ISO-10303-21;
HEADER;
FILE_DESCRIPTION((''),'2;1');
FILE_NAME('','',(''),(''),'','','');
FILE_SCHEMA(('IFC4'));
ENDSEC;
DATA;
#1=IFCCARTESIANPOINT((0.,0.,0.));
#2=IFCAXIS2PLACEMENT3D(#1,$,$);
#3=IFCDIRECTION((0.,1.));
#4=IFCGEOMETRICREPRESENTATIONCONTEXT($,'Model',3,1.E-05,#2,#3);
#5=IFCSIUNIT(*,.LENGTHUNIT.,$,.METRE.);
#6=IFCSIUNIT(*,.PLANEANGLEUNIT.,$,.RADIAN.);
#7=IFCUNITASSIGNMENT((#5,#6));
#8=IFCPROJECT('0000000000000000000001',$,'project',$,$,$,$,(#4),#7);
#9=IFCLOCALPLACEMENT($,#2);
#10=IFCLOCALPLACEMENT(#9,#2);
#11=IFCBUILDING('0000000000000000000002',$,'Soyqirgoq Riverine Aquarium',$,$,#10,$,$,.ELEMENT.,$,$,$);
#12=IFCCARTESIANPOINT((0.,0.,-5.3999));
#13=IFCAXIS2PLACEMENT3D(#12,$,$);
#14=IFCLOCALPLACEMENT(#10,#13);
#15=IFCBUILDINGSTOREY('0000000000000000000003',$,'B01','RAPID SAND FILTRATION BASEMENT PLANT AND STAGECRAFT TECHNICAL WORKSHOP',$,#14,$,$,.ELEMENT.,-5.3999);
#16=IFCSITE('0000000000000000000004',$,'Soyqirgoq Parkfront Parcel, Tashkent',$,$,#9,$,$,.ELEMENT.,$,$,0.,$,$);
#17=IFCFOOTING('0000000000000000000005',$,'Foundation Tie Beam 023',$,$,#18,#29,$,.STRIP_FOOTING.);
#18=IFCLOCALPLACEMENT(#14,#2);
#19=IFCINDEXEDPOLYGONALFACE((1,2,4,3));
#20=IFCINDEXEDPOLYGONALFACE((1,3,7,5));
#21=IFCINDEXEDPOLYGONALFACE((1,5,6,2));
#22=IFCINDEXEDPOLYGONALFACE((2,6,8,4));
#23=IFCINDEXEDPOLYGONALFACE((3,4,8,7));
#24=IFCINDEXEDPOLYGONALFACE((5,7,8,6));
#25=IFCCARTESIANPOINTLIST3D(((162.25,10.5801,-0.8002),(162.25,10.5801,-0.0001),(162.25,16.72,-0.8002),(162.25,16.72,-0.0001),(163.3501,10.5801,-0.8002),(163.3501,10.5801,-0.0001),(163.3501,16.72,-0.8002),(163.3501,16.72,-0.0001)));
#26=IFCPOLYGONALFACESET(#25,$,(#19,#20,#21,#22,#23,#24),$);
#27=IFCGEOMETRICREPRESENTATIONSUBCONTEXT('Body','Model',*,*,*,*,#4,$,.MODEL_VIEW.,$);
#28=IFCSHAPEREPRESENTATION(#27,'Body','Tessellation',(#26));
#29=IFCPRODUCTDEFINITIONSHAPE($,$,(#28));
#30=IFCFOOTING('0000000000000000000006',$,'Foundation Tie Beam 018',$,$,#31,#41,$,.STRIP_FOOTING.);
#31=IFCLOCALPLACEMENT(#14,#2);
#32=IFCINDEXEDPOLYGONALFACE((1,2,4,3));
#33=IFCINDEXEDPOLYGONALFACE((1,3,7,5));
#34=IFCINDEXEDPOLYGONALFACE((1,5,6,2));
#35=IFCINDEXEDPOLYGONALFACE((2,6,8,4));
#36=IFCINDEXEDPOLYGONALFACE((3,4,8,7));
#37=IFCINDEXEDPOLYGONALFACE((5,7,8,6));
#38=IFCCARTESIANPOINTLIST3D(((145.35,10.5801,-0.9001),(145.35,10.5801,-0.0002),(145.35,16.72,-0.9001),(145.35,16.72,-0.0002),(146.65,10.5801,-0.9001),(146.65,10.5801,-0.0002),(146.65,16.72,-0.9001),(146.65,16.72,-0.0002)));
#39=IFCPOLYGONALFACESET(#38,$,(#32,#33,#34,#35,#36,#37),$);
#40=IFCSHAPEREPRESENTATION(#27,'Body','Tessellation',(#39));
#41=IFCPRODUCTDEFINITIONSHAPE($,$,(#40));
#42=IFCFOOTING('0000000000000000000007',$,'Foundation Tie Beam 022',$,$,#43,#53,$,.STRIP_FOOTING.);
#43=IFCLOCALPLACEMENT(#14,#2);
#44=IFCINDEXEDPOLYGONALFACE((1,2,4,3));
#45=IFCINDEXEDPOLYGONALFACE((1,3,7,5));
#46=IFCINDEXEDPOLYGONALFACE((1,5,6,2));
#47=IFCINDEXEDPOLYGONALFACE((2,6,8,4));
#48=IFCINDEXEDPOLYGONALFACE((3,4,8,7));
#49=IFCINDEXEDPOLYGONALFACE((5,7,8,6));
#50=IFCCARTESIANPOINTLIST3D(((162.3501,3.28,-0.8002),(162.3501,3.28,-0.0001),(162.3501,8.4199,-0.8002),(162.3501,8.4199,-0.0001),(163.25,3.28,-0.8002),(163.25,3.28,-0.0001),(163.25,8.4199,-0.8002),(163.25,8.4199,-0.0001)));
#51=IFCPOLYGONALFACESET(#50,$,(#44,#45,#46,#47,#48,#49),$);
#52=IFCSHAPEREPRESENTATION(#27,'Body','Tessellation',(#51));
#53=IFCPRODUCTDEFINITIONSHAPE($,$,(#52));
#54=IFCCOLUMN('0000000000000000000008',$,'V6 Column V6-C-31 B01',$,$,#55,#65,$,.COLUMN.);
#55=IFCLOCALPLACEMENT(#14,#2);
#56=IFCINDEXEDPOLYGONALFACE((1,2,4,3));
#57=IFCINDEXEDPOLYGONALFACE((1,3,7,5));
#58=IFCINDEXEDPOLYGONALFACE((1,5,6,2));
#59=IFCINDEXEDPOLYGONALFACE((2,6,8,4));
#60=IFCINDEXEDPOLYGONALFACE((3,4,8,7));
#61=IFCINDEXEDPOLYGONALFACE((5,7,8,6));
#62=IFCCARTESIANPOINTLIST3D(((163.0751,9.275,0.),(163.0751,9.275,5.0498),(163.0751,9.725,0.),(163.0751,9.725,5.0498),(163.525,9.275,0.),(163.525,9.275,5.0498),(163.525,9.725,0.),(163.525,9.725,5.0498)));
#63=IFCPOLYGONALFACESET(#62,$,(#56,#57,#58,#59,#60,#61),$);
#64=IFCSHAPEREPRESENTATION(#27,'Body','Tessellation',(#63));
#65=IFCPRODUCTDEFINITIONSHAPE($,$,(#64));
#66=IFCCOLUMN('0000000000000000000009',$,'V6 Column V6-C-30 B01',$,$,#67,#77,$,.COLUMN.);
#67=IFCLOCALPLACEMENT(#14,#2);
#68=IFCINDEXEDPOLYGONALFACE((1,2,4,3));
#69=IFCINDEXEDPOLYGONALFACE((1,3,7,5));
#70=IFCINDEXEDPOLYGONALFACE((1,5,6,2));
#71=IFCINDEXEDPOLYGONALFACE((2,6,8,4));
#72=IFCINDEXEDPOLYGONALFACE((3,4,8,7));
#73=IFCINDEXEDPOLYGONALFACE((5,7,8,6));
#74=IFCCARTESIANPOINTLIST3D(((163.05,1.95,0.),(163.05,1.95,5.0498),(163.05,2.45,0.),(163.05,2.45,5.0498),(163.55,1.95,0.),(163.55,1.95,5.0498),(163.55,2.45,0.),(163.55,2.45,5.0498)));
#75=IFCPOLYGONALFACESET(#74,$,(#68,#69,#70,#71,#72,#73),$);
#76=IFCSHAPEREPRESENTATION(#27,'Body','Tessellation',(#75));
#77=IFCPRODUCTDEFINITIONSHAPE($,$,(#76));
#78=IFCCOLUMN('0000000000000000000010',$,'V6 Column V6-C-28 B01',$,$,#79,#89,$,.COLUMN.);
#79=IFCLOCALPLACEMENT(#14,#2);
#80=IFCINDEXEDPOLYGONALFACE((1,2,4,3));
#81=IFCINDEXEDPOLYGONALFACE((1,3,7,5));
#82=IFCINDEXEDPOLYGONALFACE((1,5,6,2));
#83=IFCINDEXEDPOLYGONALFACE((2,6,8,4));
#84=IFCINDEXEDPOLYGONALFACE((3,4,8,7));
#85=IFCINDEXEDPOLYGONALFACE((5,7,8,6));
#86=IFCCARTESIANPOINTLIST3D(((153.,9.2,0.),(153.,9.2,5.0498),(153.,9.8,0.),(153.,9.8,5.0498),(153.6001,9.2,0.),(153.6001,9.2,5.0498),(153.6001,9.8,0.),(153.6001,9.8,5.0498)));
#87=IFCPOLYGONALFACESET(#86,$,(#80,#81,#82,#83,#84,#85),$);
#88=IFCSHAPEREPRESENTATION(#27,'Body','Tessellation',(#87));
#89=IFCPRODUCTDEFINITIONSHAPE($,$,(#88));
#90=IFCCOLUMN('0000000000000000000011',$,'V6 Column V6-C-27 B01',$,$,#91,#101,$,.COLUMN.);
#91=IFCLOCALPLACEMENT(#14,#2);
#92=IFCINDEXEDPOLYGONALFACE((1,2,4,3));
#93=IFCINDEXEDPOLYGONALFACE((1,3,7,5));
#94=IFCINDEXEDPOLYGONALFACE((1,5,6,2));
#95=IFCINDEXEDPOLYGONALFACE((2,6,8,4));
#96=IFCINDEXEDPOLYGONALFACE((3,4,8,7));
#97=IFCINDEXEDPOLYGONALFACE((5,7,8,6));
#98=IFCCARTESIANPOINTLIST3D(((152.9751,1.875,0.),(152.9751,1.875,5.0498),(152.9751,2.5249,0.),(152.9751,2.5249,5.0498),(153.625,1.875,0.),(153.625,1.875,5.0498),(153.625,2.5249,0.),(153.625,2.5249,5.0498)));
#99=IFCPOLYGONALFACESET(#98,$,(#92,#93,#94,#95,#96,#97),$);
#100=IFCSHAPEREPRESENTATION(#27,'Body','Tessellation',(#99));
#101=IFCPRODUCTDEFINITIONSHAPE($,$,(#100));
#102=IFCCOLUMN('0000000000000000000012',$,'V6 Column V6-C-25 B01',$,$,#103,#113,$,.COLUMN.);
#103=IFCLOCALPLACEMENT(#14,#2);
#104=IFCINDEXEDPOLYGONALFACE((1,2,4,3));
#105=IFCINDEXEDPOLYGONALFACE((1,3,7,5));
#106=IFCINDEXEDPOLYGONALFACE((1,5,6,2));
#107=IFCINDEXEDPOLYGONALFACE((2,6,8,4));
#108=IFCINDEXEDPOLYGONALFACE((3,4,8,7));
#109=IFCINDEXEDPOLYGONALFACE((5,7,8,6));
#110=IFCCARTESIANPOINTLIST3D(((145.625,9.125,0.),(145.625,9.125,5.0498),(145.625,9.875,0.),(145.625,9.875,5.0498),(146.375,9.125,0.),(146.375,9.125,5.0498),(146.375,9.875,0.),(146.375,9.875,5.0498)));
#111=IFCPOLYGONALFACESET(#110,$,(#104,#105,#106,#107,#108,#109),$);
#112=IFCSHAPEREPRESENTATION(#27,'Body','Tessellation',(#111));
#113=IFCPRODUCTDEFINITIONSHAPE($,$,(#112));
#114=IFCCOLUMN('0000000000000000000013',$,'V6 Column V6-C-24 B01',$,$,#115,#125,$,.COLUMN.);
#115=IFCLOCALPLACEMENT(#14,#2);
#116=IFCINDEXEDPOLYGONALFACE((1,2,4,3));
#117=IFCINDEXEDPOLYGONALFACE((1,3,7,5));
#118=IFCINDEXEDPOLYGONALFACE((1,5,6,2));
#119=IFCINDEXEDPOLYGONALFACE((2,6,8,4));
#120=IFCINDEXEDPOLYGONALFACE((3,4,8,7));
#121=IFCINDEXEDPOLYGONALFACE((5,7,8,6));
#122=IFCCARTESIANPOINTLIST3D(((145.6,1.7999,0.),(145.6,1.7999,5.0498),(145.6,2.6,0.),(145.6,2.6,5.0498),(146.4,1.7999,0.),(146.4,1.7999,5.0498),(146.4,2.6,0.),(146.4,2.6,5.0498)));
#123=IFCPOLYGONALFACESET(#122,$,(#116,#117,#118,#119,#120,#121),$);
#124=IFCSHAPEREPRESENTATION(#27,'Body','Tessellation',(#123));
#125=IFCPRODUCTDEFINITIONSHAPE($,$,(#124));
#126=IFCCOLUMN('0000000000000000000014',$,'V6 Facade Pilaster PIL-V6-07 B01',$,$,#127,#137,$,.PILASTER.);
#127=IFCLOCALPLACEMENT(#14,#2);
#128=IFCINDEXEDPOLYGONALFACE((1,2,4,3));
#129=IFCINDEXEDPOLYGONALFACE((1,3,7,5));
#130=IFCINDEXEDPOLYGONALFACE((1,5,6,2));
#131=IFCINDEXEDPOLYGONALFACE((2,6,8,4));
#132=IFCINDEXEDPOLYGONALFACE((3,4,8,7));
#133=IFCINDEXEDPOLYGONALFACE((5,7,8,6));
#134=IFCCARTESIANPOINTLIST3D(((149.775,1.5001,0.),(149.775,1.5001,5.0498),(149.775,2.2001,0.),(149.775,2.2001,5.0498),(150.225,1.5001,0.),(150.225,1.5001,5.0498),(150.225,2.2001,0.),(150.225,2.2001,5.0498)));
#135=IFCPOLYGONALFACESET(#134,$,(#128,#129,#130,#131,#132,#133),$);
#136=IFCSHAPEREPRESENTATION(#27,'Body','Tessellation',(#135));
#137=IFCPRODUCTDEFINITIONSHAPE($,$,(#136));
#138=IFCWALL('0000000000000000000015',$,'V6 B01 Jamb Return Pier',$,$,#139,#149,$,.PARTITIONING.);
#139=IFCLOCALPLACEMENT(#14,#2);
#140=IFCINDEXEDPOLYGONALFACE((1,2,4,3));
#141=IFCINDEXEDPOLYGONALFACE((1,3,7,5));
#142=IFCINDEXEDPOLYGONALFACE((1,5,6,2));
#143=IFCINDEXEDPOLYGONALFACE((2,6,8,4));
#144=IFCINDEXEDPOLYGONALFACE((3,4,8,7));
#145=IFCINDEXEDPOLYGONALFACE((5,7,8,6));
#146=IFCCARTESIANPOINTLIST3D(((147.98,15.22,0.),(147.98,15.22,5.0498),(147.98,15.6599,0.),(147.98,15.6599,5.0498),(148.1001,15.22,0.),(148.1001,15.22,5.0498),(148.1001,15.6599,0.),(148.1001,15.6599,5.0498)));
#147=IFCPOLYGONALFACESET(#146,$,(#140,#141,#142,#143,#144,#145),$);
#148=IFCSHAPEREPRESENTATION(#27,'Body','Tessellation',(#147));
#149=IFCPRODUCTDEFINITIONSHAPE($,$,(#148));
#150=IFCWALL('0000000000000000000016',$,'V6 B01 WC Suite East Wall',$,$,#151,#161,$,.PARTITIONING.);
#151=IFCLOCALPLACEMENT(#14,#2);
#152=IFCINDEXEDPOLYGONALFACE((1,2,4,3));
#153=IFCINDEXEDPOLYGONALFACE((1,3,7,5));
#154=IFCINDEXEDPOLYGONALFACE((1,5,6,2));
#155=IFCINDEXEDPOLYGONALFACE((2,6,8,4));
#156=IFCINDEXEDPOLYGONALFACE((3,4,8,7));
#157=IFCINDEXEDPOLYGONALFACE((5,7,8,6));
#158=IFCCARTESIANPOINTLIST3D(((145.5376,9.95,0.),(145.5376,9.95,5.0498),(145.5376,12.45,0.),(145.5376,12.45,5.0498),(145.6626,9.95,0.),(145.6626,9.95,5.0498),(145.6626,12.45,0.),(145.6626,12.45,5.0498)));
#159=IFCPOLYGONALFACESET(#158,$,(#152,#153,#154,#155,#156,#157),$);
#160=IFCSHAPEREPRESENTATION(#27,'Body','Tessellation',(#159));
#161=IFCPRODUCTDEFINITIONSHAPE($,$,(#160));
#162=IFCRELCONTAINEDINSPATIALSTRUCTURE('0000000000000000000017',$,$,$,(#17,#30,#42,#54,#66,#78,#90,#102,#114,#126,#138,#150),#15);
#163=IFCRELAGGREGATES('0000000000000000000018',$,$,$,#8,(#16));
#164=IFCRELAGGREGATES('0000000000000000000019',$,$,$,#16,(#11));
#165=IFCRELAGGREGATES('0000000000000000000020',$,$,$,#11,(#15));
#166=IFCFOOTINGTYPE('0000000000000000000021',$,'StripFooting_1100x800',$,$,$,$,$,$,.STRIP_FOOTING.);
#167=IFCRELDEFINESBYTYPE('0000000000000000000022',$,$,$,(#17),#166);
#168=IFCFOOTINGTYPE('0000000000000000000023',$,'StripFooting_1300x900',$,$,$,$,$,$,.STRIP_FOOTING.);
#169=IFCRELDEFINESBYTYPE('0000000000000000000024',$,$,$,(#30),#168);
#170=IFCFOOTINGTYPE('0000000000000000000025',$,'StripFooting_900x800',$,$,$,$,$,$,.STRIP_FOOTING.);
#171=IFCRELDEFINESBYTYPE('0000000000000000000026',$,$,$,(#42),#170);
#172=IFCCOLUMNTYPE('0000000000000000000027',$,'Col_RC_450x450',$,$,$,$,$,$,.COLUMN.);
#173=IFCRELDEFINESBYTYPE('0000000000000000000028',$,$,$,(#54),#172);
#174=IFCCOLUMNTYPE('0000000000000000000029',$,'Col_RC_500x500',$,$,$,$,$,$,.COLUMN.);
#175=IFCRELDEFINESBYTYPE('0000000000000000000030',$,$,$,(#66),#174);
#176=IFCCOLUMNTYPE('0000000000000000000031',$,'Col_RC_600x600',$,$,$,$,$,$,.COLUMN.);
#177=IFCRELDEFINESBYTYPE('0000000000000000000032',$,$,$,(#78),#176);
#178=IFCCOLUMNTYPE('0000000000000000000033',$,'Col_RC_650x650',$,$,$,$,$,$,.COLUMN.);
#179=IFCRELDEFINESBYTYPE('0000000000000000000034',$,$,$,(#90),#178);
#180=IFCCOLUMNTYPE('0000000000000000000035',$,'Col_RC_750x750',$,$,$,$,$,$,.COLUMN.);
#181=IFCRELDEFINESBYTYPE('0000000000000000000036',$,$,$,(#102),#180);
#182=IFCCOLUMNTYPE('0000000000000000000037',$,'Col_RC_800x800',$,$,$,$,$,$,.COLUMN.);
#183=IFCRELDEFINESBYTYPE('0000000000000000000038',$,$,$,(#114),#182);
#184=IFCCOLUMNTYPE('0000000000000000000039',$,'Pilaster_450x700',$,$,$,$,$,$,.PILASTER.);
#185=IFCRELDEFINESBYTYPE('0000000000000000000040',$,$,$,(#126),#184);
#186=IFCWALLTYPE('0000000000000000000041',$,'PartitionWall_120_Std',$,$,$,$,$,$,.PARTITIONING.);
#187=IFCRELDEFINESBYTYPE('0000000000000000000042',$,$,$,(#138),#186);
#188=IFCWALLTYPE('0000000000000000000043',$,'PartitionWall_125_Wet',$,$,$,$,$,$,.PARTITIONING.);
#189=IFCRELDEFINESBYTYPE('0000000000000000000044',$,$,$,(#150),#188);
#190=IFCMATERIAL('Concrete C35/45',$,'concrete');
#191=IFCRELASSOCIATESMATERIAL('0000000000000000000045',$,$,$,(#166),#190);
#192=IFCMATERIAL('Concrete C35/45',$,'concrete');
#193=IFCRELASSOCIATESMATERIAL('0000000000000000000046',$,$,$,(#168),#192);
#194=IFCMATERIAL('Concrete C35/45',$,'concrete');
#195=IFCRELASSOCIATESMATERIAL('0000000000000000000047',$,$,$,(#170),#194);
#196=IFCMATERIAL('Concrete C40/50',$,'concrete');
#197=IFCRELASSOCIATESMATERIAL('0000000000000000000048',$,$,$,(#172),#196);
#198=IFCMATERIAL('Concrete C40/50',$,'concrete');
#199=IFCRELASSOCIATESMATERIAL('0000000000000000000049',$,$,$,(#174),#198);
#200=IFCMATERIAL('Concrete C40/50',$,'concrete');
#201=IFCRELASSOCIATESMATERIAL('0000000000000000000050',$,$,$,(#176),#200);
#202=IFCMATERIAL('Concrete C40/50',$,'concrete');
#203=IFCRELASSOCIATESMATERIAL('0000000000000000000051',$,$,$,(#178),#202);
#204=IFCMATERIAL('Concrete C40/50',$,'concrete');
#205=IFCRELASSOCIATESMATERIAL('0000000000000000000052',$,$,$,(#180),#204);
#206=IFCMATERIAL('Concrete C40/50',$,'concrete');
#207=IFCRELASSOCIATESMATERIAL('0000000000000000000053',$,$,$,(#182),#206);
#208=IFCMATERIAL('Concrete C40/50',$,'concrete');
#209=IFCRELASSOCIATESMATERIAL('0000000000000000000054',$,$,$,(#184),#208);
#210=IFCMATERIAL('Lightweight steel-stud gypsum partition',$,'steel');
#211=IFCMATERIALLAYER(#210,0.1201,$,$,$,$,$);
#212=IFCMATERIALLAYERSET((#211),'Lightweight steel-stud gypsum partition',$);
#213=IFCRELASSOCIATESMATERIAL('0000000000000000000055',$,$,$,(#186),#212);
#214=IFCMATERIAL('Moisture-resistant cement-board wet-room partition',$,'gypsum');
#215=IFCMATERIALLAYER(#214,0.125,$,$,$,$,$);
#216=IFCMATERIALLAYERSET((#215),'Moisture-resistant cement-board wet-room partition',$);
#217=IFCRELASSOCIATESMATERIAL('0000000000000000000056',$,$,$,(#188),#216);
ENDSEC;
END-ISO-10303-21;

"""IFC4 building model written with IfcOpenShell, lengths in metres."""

from ifc_helpers import new_model, si_unit, direction, frame, frame_2d, origin, origin_2d, place, context, subcontext, project, spatial, rectangle, extrude, material, layer, layer_set, material_profile, profile_set, type_object, element, save


model = new_model("IFC4")

# Units and contexts
model_context = context("Model", 3, precision=1e-05, world=origin(), true_north=direction((0.0, 1.0)))
body_context = subcontext(model_context, "Body", "Model", "MODEL_VIEW")
ifc_project = project(units=[si_unit("LENGTHUNIT", "METRE"), si_unit("PLANEANGLEUNIT", "RADIAN")], contexts=[model_context])

# Site, building, storey
site_placement = place(None, origin())
site = spatial("IfcSite", under=ifc_project, at=site_placement, Name="Soyqirgoq Parkfront Parcel, Tashkent", CompositionType="ELEMENT", RefElevation=0.0)
building_placement = place(site_placement, origin())
building = spatial("IfcBuilding", under=site, at=building_placement, Name="Soyqirgoq Riverine Aquarium", CompositionType="ELEMENT")
storey_placement = place(building_placement, frame((0.0, 0.0, -5.3999)))
storey = spatial("IfcBuildingStorey", under=building, at=storey_placement, Name="B01", Description="RAPID SAND FILTRATION BASEMENT PLANT AND STAGECRAFT TECHNICAL WORKSHOP", CompositionType="ELEMENT", Elevation=-5.3999)

# Footings
ifc_material_1 = material(Name="Concrete C35/45", Category="concrete")
ifc_material_profile_1 = material_profile(ifc_material_1, rectangle(XDim=1.1001, YDim=0.8, at=origin_2d()), Name="RC 1100x800")
ifc_profile_set_1 = profile_set([ifc_material_profile_1], Name="Concrete C35/45")
footing_type_1 = type_object("IfcFootingType", Name="StripFooting_1100x800", PredefinedType="STRIP_FOOTING", material=ifc_profile_set_1)
footing_1_placement = place(storey_placement, frame((162.8, 10.5801, -0.4001), z_axis=(0.0, 1.0, 0.0), x_axis=(-1.0, 0.0, 0.0)))
element("IfcFooting", 1, at=footing_1_placement, inside=storey, type_object=footing_type_1, Name="Foundation Tie Beam 023", PredefinedType="STRIP_FOOTING", context=body_context, shape_type="SweptSolid", body=[
    extrude(rectangle(XDim=1.1001, YDim=0.8, at=origin_2d()), origin(), (0.0, 0.0, 1.0), 6.1399),
])
ifc_material_2 = material(Name="Concrete C35/45", Category="concrete")
ifc_material_profile_2 = material_profile(ifc_material_2, rectangle(XDim=1.3, YDim=0.8999, at=origin_2d()), Name="RC 1300x900")
ifc_profile_set_2 = profile_set([ifc_material_profile_2], Name="Concrete C35/45")
footing_type_2 = type_object("IfcFootingType", Name="StripFooting_1300x900", PredefinedType="STRIP_FOOTING", material=ifc_profile_set_2)
footing_2_placement = place(storey_placement, frame((146.0, 10.5801, -0.4502), z_axis=(0.0, 1.0, 0.0), x_axis=(-1.0, 0.0, 0.0)))
element("IfcFooting", 2, at=footing_2_placement, inside=storey, type_object=footing_type_2, Name="Foundation Tie Beam 018", PredefinedType="STRIP_FOOTING", context=body_context, shape_type="SweptSolid", body=[
    extrude(rectangle(XDim=1.3, YDim=0.8999, at=origin_2d()), origin(), (0.0, 0.0, 1.0), 6.1399),
])
ifc_material_3 = material(Name="Concrete C35/45", Category="concrete")
ifc_material_profile_3 = material_profile(ifc_material_3, rectangle(XDim=0.8999, YDim=0.8, at=origin_2d()), Name="RC 900x800")
ifc_profile_set_3 = profile_set([ifc_material_profile_3], Name="Concrete C35/45")
footing_type_3 = type_object("IfcFootingType", Name="StripFooting_900x800", PredefinedType="STRIP_FOOTING", material=ifc_profile_set_3)
footing_3_placement = place(storey_placement, frame((162.8, 3.28, -0.4001), z_axis=(0.0, 1.0, 0.0), x_axis=(-1.0, 0.0, 0.0)))
element("IfcFooting", 3, at=footing_3_placement, inside=storey, type_object=footing_type_3, Name="Foundation Tie Beam 022", PredefinedType="STRIP_FOOTING", context=body_context, shape_type="SweptSolid", body=[
    extrude(rectangle(XDim=0.8999, YDim=0.8, at=origin_2d()), origin(), (0.0, 0.0, 1.0), 5.1399),
])

# Columns
ifc_material_4 = material(Name="Concrete C40/50", Category="concrete")
ifc_material_profile_4 = material_profile(ifc_material_4, rectangle(XDim=0.45, YDim=0.45, at=origin_2d()), Name="RC 450x450")
ifc_profile_set_4 = profile_set([ifc_material_profile_4], Name="Concrete C40/50")
column_type_1 = type_object("IfcColumnType", Name="Col_RC_450x450", PredefinedType="COLUMN", material=ifc_profile_set_4)
column_1_placement = place(storey_placement, frame((163.3, 9.5, 0.0), z_axis=(0.0, 0.0, 1.0), x_axis=(1.0, 0.0, 0.0)))
element("IfcColumn", 4, at=column_1_placement, inside=storey, type_object=column_type_1, Name="V6 Column V6-C-31 B01", PredefinedType="COLUMN", context=body_context, shape_type="SweptSolid", body=[
    extrude(rectangle(XDim=0.45, YDim=0.45, at=origin_2d()), origin(), (0.0, 0.0, 1.0), 5.0498),
])
ifc_material_5 = material(Name="Concrete C40/50", Category="concrete")
ifc_material_profile_5 = material_profile(ifc_material_5, rectangle(XDim=0.5, YDim=0.5, at=origin_2d()), Name="RC 500x500")
ifc_profile_set_5 = profile_set([ifc_material_profile_5], Name="Concrete C40/50")
column_type_2 = type_object("IfcColumnType", Name="Col_RC_500x500", PredefinedType="COLUMN", material=ifc_profile_set_5)
column_2_placement = place(storey_placement, frame((163.3, 2.2, 0.0), z_axis=(0.0, 0.0, 1.0), x_axis=(1.0, 0.0, 0.0)))
element("IfcColumn", 5, at=column_2_placement, inside=storey, type_object=column_type_2, Name="V6 Column V6-C-30 B01", PredefinedType="COLUMN", context=body_context, shape_type="SweptSolid", body=[
    extrude(rectangle(XDim=0.5, YDim=0.5, at=origin_2d()), origin(), (0.0, 0.0, 1.0), 5.0498),
])
ifc_material_6 = material(Name="Concrete C40/50", Category="concrete")
ifc_material_profile_6 = material_profile(ifc_material_6, rectangle(XDim=0.6001, YDim=0.6001, at=origin_2d()), Name="RC 600x600")
ifc_profile_set_6 = profile_set([ifc_material_profile_6], Name="Concrete C40/50")
column_type_3 = type_object("IfcColumnType", Name="Col_RC_600x600", PredefinedType="COLUMN", material=ifc_profile_set_6)
column_3_placement = place(storey_placement, frame((153.3, 9.5, 0.0), z_axis=(0.0, 0.0, 1.0), x_axis=(1.0, 0.0, 0.0)))
element("IfcColumn", 6, at=column_3_placement, inside=storey, type_object=column_type_3, Name="V6 Column V6-C-28 B01", PredefinedType="COLUMN", context=body_context, shape_type="SweptSolid", body=[
    extrude(rectangle(XDim=0.6001, YDim=0.6001, at=origin_2d()), origin(), (0.0, 0.0, 1.0), 5.0498),
])
ifc_material_7 = material(Name="Concrete C40/50", Category="concrete")
ifc_material_profile_7 = material_profile(ifc_material_7, rectangle(XDim=0.6499, YDim=0.6499, at=origin_2d()), Name="RC 650x650")
ifc_profile_set_7 = profile_set([ifc_material_profile_7], Name="Concrete C40/50")
column_type_4 = type_object("IfcColumnType", Name="Col_RC_650x650", PredefinedType="COLUMN", material=ifc_profile_set_7)
column_4_placement = place(storey_placement, frame((153.3, 2.2, 0.0), z_axis=(0.0, 0.0, 1.0), x_axis=(1.0, 0.0, 0.0)))
element("IfcColumn", 7, at=column_4_placement, inside=storey, type_object=column_type_4, Name="V6 Column V6-C-27 B01", PredefinedType="COLUMN", context=body_context, shape_type="SweptSolid", body=[
    extrude(rectangle(XDim=0.6499, YDim=0.6499, at=origin_2d()), origin(), (0.0, 0.0, 1.0), 5.0498),
])
ifc_material_8 = material(Name="Concrete C40/50", Category="concrete")
ifc_material_profile_8 = material_profile(ifc_material_8, rectangle(XDim=0.75, YDim=0.75, at=origin_2d()), Name="RC 750x750")
ifc_profile_set_8 = profile_set([ifc_material_profile_8], Name="Concrete C40/50")
column_type_5 = type_object("IfcColumnType", Name="Col_RC_750x750", PredefinedType="COLUMN", material=ifc_profile_set_8)
column_5_placement = place(storey_placement, frame((146.0, 9.5, 0.0), z_axis=(0.0, 0.0, 1.0), x_axis=(1.0, 0.0, 0.0)))
element("IfcColumn", 8, at=column_5_placement, inside=storey, type_object=column_type_5, Name="V6 Column V6-C-25 B01", PredefinedType="COLUMN", context=body_context, shape_type="SweptSolid", body=[
    extrude(rectangle(XDim=0.75, YDim=0.75, at=origin_2d()), origin(), (0.0, 0.0, 1.0), 5.0498),
])
ifc_material_9 = material(Name="Concrete C40/50", Category="concrete")
ifc_material_profile_9 = material_profile(ifc_material_9, rectangle(XDim=0.8, YDim=0.8, at=origin_2d()), Name="RC 800x800")
ifc_profile_set_9 = profile_set([ifc_material_profile_9], Name="Concrete C40/50")
column_type_6 = type_object("IfcColumnType", Name="Col_RC_800x800", PredefinedType="COLUMN", material=ifc_profile_set_9)
column_6_placement = place(storey_placement, frame((146.0, 2.2, 0.0), z_axis=(0.0, 0.0, 1.0), x_axis=(1.0, 0.0, 0.0)))
element("IfcColumn", 9, at=column_6_placement, inside=storey, type_object=column_type_6, Name="V6 Column V6-C-24 B01", PredefinedType="COLUMN", context=body_context, shape_type="SweptSolid", body=[
    extrude(rectangle(XDim=0.8, YDim=0.8, at=origin_2d()), origin(), (0.0, 0.0, 1.0), 5.0498),
])
ifc_material_10 = material(Name="Concrete C40/50", Category="concrete")
ifc_material_profile_10 = material_profile(ifc_material_10, rectangle(XDim=0.45, YDim=0.7, at=origin_2d()), Name="RC-PIL 450x700")
ifc_profile_set_10 = profile_set([ifc_material_profile_10], Name="Concrete C40/50")
column_type_7 = type_object("IfcColumnType", Name="Pilaster_450x700", PredefinedType="PILASTER", material=ifc_profile_set_10)
column_7_placement = place(storey_placement, frame((150.0, 1.8501, 0.0), z_axis=(0.0, 0.0, 1.0), x_axis=(1.0, 0.0, 0.0)))
element("IfcColumn", 10, at=column_7_placement, inside=storey, type_object=column_type_7, Name="V6 Facade Pilaster PIL-V6-07 B01", PredefinedType="PILASTER", context=body_context, shape_type="SweptSolid", body=[
    extrude(rectangle(XDim=0.45, YDim=0.7, at=origin_2d()), origin(), (0.0, 0.0, 1.0), 5.0498),
])

# Walls
ifc_material_11 = material(Name="Lightweight steel-stud gypsum partition", Category="steel")
ifc_layer_1 = layer(ifc_material_11, 0.1201)
ifc_layer_set_1 = layer_set([ifc_layer_1], Name="Lightweight steel-stud gypsum partition")
wall_type_1 = type_object("IfcWallType", Name="PartitionWall_120_Std", PredefinedType="PARTITIONING", material=ifc_layer_set_1)
wall_1_placement = place(storey_placement, frame((148.04, 15.22, 0.0), z_axis=(0.0, 0.0, 1.0), x_axis=(0.0, 1.0, 0.0)))
element("IfcWall", 11, at=wall_1_placement, inside=storey, type_object=wall_type_1, Name="V6 B01 Jamb Return Pier", PredefinedType="PARTITIONING", context=body_context, shape_type="SweptSolid", body=[
    extrude(rectangle(XDim=0.4399, YDim=0.1201, at=frame_2d((0.22, 0.0))), origin(), (0.0, 0.0, 1.0), 5.0498),
])
ifc_material_12 = material(Name="Moisture-resistant cement-board wet-room partition", Category="gypsum")
ifc_layer_2 = layer(ifc_material_12, 0.125)
ifc_layer_set_2 = layer_set([ifc_layer_2], Name="Moisture-resistant cement-board wet-room partition")
wall_type_2 = type_object("IfcWallType", Name="PartitionWall_125_Wet", PredefinedType="PARTITIONING", material=ifc_layer_set_2)
wall_2_placement = place(storey_placement, frame((145.6001, 9.95, 0.0), z_axis=(0.0, 0.0, 1.0), x_axis=(0.0, 1.0, 0.0)))
element("IfcWall", 12, at=wall_2_placement, inside=storey, type_object=wall_type_2, Name="V6 B01 WC Suite East Wall", PredefinedType="PARTITIONING", context=body_context, shape_type="SweptSolid", body=[
    extrude(rectangle(XDim=2.5, YDim=0.125, at=frame_2d((1.25, 0.0))), origin(), (0.0, 0.0, 1.0), 5.0498),
])

save(model, "model.ifc")
